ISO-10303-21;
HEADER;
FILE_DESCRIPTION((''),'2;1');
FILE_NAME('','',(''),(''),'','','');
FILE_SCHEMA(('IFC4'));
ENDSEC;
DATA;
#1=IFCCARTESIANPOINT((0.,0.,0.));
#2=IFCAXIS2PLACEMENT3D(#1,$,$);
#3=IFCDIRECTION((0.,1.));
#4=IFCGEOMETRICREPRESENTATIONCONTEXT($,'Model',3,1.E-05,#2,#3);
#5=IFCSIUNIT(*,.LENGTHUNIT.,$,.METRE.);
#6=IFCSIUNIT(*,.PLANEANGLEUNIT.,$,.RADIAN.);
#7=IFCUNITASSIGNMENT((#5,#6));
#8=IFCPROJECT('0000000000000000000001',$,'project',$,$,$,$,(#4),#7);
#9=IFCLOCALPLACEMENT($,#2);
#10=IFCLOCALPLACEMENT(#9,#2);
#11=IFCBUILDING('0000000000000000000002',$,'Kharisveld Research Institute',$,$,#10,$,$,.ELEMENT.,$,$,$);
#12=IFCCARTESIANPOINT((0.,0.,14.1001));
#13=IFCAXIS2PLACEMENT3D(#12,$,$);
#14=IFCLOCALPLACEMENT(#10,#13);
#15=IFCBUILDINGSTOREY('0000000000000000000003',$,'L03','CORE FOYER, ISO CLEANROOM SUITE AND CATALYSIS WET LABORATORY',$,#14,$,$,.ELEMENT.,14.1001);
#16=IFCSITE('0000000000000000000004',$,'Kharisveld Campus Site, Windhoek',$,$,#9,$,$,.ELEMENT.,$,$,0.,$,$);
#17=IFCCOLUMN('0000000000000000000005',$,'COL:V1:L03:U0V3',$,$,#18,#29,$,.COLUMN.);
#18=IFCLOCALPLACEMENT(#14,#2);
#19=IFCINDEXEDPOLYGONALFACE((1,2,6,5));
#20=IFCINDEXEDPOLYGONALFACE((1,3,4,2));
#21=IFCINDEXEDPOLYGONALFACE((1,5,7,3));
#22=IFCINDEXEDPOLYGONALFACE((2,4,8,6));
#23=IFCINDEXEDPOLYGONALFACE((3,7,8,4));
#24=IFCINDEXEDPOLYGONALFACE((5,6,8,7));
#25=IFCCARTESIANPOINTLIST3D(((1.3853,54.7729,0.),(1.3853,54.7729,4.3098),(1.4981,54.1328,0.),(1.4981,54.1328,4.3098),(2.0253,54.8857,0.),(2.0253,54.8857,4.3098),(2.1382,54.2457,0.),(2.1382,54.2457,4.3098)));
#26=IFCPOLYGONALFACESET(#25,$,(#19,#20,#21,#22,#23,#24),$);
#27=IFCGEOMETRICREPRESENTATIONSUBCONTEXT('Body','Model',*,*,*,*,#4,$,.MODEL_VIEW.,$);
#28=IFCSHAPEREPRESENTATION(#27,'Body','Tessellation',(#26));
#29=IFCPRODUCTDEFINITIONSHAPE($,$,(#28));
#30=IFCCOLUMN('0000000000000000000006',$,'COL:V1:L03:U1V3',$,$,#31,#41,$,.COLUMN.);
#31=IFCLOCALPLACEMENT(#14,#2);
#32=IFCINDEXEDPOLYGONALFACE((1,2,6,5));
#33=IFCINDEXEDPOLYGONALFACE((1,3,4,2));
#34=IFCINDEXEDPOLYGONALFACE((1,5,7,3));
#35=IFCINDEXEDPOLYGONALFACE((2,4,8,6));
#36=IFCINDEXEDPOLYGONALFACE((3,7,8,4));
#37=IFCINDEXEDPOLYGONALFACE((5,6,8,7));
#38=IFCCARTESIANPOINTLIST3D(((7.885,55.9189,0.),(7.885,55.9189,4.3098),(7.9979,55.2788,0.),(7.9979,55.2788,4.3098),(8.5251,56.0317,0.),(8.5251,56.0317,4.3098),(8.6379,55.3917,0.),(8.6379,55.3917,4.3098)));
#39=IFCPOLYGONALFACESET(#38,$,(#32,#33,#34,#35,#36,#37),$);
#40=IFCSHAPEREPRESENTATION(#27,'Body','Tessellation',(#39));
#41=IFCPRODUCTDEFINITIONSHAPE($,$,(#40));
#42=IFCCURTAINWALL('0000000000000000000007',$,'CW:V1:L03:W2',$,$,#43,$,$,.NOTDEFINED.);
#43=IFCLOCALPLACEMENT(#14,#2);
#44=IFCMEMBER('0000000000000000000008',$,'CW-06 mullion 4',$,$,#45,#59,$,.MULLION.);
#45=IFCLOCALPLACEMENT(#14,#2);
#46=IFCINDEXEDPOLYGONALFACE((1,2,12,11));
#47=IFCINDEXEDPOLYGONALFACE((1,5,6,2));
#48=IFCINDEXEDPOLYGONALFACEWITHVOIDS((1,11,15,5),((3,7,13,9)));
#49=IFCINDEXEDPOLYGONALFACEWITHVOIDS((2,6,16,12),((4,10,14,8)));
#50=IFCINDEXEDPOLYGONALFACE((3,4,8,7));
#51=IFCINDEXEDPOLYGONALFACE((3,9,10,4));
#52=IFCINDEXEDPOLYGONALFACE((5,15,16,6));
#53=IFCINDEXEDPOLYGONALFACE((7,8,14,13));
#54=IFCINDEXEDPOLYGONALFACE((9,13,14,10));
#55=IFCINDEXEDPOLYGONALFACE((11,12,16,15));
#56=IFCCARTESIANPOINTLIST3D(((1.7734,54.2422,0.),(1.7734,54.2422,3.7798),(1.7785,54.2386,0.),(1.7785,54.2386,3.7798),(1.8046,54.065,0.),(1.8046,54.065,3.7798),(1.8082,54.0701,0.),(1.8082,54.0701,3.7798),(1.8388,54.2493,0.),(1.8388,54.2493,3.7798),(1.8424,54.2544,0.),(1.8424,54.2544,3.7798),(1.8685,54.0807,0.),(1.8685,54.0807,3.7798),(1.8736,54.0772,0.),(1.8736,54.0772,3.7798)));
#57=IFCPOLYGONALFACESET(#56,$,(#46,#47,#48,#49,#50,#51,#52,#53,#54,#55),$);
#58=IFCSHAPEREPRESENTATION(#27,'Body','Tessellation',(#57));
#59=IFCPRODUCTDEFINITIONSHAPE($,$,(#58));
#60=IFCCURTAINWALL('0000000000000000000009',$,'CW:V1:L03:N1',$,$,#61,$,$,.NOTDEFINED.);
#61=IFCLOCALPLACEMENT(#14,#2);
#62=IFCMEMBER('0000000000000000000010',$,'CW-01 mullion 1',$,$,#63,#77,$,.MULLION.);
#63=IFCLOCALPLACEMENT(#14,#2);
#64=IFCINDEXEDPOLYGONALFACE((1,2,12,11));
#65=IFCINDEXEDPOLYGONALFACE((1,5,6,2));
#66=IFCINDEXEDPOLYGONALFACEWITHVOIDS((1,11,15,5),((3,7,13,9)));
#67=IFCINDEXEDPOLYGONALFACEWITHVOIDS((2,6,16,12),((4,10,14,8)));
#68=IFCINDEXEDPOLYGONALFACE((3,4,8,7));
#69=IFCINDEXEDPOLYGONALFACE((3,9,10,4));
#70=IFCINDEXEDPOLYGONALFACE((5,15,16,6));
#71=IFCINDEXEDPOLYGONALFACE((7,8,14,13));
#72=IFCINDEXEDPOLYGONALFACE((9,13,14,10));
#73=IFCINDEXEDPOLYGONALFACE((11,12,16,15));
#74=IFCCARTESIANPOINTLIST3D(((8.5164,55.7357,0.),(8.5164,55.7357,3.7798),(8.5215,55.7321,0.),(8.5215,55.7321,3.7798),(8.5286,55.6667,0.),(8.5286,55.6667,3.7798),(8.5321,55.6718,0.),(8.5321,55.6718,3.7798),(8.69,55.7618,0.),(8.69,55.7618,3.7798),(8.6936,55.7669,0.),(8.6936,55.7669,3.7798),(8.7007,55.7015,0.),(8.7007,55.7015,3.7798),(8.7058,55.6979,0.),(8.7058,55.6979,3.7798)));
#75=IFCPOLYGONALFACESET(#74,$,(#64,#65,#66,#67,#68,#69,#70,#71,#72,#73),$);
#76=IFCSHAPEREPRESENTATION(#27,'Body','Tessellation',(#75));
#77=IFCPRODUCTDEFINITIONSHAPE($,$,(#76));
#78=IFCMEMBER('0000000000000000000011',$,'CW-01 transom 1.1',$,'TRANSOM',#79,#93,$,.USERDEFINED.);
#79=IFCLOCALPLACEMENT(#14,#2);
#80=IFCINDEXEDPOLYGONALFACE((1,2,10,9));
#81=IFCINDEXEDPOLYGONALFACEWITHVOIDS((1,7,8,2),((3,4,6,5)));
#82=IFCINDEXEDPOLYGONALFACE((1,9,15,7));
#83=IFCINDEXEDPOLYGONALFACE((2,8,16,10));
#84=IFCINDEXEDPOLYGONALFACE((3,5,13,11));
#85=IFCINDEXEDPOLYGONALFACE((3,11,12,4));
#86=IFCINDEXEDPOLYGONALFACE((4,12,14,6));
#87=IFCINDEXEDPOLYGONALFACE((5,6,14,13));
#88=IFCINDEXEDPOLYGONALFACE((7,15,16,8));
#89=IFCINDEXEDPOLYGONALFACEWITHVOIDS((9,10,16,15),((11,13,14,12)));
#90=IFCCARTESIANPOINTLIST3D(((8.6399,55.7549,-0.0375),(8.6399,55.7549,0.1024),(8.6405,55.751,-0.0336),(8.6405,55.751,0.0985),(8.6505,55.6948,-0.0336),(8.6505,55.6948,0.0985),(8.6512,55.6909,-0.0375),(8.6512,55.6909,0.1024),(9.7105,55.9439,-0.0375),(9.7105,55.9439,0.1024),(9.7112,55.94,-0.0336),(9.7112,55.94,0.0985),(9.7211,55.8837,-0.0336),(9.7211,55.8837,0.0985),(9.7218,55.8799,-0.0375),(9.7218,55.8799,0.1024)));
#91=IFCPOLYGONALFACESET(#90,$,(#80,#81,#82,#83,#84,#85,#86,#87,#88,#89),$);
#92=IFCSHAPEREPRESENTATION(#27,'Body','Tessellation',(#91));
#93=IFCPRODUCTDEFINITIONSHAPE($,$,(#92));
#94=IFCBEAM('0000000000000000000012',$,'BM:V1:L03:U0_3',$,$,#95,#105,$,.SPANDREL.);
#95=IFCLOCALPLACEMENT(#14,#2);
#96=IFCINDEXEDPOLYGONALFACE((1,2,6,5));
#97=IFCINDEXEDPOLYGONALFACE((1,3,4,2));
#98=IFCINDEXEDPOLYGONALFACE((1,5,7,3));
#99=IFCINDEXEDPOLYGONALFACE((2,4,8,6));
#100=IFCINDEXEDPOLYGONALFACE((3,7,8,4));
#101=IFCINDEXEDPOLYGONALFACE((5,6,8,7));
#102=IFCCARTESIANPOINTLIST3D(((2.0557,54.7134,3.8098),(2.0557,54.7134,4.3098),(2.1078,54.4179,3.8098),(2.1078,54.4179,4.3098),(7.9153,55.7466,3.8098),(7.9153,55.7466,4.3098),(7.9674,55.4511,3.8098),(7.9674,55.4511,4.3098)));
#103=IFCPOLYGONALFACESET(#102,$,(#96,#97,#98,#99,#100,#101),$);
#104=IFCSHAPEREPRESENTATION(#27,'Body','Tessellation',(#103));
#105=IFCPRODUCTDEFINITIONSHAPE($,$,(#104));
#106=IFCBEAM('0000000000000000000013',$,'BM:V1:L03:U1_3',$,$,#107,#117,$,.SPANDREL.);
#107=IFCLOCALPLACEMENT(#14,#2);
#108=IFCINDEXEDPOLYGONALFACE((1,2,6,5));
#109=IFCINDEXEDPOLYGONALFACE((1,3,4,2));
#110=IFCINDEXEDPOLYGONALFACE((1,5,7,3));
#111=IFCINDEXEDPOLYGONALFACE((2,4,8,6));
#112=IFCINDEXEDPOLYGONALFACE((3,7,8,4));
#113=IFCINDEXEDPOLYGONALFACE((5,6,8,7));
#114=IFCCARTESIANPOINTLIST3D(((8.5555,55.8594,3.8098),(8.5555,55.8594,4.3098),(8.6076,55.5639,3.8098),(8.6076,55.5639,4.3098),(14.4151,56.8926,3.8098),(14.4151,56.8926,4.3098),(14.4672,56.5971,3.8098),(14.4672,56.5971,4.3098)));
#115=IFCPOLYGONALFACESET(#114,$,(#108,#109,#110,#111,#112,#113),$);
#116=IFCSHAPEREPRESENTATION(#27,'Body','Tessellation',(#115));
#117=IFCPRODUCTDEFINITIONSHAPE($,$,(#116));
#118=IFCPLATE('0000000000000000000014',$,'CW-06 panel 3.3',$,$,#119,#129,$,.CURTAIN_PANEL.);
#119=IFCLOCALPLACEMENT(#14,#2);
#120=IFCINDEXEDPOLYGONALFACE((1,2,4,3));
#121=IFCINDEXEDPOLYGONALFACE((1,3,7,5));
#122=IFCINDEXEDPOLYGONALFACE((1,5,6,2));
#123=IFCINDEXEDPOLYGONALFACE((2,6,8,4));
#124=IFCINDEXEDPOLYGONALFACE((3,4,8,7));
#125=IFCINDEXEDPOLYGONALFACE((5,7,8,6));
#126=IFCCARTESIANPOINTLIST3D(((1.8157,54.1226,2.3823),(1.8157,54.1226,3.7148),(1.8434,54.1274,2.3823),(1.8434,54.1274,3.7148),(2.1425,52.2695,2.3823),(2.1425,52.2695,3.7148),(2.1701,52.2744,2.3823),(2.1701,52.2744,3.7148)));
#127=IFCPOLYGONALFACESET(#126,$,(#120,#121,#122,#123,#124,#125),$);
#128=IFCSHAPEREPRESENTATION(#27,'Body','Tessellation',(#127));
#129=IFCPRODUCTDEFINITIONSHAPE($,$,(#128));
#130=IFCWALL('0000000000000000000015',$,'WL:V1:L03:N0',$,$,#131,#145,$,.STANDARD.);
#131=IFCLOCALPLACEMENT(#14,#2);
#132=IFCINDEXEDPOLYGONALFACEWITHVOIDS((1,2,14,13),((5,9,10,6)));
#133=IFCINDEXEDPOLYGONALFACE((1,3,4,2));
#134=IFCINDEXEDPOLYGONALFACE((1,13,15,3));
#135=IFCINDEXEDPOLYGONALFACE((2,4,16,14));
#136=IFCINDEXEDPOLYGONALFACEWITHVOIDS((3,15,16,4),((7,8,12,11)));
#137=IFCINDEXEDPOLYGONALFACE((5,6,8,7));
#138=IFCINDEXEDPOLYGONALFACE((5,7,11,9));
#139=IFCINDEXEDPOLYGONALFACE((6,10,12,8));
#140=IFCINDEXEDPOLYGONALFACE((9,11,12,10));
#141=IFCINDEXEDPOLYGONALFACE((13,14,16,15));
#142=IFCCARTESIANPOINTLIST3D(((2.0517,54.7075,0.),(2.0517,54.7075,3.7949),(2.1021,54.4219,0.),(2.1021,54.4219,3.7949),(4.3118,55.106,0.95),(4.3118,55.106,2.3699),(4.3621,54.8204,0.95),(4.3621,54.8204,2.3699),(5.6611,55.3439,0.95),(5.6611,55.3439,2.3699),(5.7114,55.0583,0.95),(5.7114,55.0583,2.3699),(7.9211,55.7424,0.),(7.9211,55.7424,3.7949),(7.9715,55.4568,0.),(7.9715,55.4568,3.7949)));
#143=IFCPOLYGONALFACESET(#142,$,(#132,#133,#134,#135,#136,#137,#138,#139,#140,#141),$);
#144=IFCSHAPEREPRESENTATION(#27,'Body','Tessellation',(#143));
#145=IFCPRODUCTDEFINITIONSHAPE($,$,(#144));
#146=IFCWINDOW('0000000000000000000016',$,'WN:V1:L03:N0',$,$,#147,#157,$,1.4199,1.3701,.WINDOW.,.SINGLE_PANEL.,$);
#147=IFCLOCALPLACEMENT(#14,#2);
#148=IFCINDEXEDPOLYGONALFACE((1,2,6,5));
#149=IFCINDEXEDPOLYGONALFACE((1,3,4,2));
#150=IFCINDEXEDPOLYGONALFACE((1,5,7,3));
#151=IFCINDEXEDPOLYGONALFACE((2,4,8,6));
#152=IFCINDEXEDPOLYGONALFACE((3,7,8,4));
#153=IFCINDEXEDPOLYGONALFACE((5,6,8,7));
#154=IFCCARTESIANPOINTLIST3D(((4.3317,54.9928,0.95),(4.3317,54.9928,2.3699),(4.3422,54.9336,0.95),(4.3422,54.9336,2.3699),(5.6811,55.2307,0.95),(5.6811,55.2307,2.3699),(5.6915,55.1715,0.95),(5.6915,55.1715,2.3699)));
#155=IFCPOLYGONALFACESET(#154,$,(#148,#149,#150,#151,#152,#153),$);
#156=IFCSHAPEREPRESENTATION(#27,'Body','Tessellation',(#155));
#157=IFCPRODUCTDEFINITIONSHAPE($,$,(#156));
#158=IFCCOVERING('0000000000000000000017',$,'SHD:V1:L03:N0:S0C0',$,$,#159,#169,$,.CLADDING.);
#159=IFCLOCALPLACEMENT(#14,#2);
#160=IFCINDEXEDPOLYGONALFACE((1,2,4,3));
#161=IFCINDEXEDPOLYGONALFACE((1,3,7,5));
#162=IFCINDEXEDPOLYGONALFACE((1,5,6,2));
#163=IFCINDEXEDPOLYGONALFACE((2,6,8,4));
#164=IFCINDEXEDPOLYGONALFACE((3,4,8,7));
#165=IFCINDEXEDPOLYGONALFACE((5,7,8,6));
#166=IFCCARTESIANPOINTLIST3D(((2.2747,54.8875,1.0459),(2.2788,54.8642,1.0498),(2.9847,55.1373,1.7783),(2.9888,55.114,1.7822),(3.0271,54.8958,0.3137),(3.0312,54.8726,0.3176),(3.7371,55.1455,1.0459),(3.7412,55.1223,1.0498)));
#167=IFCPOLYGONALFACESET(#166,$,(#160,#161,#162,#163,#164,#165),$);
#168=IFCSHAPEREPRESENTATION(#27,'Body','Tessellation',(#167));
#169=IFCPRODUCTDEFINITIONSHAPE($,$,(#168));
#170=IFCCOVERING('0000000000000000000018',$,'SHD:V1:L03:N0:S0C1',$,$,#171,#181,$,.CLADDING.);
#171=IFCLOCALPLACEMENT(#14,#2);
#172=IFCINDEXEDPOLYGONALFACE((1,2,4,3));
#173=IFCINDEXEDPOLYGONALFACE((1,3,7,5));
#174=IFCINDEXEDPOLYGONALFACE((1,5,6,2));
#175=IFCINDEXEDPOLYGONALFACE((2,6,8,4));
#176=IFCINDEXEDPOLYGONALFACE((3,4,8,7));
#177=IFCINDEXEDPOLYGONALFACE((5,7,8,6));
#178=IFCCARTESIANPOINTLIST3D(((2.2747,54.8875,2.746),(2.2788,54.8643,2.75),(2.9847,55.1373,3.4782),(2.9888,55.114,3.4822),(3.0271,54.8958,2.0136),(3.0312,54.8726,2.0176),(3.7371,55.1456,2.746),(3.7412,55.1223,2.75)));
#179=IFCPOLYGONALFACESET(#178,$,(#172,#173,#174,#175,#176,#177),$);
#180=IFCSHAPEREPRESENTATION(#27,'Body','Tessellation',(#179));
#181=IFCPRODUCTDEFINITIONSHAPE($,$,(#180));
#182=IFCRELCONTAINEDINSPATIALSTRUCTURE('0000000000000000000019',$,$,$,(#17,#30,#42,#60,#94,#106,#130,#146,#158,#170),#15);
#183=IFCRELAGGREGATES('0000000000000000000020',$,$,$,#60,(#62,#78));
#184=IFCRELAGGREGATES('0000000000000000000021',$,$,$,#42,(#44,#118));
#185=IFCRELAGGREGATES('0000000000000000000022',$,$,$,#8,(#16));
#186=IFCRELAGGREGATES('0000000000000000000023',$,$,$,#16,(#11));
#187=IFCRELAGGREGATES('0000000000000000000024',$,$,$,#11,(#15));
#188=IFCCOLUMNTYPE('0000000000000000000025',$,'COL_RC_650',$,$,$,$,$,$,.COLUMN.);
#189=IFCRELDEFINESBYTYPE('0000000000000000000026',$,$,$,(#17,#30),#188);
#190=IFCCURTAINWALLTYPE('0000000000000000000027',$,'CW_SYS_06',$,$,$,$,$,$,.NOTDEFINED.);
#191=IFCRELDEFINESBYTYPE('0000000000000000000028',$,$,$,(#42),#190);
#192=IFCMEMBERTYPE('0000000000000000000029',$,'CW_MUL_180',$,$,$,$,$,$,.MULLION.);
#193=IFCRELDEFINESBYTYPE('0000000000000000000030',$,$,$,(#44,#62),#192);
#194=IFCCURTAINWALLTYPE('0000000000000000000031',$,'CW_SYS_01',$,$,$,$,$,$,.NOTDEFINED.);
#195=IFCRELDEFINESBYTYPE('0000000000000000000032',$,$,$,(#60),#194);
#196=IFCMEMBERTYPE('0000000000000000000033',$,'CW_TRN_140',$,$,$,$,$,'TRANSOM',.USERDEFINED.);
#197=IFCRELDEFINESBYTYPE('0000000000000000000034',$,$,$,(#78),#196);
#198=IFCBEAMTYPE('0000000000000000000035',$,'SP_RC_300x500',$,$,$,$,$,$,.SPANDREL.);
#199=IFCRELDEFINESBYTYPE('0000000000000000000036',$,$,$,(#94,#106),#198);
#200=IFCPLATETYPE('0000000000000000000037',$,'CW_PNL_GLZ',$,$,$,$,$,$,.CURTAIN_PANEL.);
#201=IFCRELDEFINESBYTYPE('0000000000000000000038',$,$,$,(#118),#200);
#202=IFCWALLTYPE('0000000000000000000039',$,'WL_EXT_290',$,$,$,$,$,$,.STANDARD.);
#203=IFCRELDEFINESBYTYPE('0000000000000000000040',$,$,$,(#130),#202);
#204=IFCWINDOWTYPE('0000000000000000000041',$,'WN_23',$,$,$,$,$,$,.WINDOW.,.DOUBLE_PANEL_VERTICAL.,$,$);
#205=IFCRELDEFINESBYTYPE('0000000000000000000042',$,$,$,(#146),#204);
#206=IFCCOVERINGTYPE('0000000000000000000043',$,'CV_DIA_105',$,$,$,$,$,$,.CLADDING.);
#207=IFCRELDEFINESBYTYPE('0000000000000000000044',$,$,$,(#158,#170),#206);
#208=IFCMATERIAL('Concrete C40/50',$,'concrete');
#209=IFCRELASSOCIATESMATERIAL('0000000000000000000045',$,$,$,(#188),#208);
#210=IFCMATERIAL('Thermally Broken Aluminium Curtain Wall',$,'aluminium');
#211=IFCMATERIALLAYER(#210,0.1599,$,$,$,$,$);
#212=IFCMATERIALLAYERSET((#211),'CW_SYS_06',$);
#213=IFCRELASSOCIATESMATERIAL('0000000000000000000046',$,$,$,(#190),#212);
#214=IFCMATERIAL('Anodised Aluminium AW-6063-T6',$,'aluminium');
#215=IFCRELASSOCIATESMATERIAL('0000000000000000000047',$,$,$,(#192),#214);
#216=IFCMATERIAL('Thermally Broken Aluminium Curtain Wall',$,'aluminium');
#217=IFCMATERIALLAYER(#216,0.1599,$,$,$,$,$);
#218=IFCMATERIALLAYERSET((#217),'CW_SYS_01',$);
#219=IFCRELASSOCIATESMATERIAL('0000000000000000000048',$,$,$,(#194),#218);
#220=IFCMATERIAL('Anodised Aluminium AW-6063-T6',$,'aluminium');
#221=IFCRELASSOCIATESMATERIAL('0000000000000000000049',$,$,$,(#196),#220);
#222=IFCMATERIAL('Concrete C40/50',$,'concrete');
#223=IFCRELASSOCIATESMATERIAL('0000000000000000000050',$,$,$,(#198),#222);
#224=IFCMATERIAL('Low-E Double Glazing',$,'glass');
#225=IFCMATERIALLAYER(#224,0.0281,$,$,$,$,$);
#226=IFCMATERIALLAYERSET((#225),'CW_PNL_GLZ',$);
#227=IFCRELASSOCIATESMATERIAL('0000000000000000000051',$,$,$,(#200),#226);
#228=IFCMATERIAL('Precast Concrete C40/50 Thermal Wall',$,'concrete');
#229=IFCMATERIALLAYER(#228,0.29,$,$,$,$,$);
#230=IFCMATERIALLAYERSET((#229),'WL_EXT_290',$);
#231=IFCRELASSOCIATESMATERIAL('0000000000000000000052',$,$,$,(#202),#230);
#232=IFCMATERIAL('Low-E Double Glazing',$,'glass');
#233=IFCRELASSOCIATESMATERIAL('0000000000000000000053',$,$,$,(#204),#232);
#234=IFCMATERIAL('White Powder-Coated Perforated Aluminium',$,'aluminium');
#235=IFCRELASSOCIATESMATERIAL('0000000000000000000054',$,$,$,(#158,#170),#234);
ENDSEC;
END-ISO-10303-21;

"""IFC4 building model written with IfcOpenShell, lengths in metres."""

from ifc_helpers import new_model, si_unit, direction, frame, frame_2d, origin, origin_2d, place, context, subcontext, project, spatial, polyline, rectangle, hollow_rectangle, outline, extrude, material, layer, layer_set, material_profile, profile_set, type_object, element, fill, aggregate, save


model = new_model("IFC4")

# Units and contexts
model_context = context("Model", 3, precision=1e-05, world=origin(), true_north=direction((0.0, 1.0)))
body_context = subcontext(model_context, "Body", "Model", "MODEL_VIEW")
ifc_project = project(units=[si_unit("LENGTHUNIT", "METRE"), si_unit("PLANEANGLEUNIT", "RADIAN")], contexts=[model_context])

# Site, building, storey
site_placement = place(None, origin())
site = spatial("IfcSite", under=ifc_project, at=site_placement, Name="Kharisveld Campus Site, Windhoek", CompositionType="ELEMENT", RefElevation=0.0)
building_placement = place(site_placement, origin())
building = spatial("IfcBuilding", under=site, at=building_placement, Name="Kharisveld Research Institute", CompositionType="ELEMENT")
storey_placement = place(building_placement, frame((0.0, 0.0, 14.1001)))
storey = spatial("IfcBuildingStorey", under=building, at=storey_placement, Name="L03", Description="CORE FOYER, ISO CLEANROOM SUITE AND CATALYSIS WET LABORATORY", CompositionType="ELEMENT", Elevation=14.1001)

# Columns
ifc_material_1 = material(Name="Concrete C40/50", Category="concrete")
ifc_material_profile_1 = material_profile(ifc_material_1, rectangle(XDim=0.6499, YDim=0.6499, at=origin_2d()))
ifc_profile_set_1 = profile_set([ifc_material_profile_1], Name="Concrete C40/50")
column_type = type_object("IfcColumnType", Name="COL_RC_650", PredefinedType="COLUMN", material=ifc_profile_set_1)
for number, where, z_axis, x_axis, name in (
    (1, (1.7617, 54.5093, 0.0), (0.0, 0.0, 1.0), (0.984808, 0.173648, 0.0), "COL:V1:L03:U0V3"),
    (2, (8.2615, 55.6553, 0.0), (0.0, 0.0, 1.0), (0.984808, 0.173648, 0.0), "COL:V1:L03:U1V3"),
):
    element("IfcColumn", number, at=place(storey_placement, frame(where, z_axis=z_axis, x_axis=x_axis)), inside=storey, type_object=column_type, Name=name, PredefinedType="COLUMN", context=body_context, shape_type="SweptSolid", body=[
        extrude(rectangle(XDim=0.6499, YDim=0.6499, at=origin_2d()), origin(), (0.0, 0.0, 1.0), 4.3098),
    ])

# Curtain wall, member
ifc_material_2 = material(Name="Thermally Broken Aluminium Curtain Wall", Category="aluminium")
ifc_layer_1 = layer(ifc_material_2, 0.1599)
ifc_layer_set_1 = layer_set([ifc_layer_1], Name="CW_SYS_06")
curtain_wall_type_1 = type_object("IfcCurtainWallType", Name="CW_SYS_06", PredefinedType="NOTDEFINED", material=ifc_layer_set_1)
curtain_wall_1_placement = place(storey_placement, origin())
curtain_wall_1 = element("IfcCurtainWall", 3, at=curtain_wall_1_placement, inside=storey, type_object=curtain_wall_type_1, Name="CW:V1:L03:W2", PredefinedType="NOTDEFINED")
ifc_material_3 = material(Name="Anodised Aluminium AW-6063-T6", Category="aluminium")
ifc_material_profile_2 = material_profile(ifc_material_3, hollow_rectangle(XDim=0.0701, YDim=0.1799, WallThickness=0.0044, at=origin_2d()))
ifc_profile_set_2 = profile_set([ifc_material_profile_2], Name="Anodised Aluminium AW-6063-T6")
member_type_1 = type_object("IfcMemberType", Name="CW_MUL_180", PredefinedType="MULLION", material=ifc_profile_set_2)
member_1_placement = place(storey_placement, frame((1.8235, 54.1597, 0.0), z_axis=(0.0, 0.0, 1.0), x_axis=(-0.984808, -0.173648, 0.0)))
member_1 = element("IfcMember", 4, at=member_1_placement, type_object=member_type_1, Name="CW-06 mullion 4", PredefinedType="MULLION", context=body_context, shape_type="SweptSolid", body=[
    extrude(hollow_rectangle(XDim=0.0701, YDim=0.1799, WallThickness=0.0044, at=origin_2d()), origin(), (0.0, 0.0, 1.0), 3.7798),
])

# Curtain wall, members
ifc_material_4 = material(Name="Thermally Broken Aluminium Curtain Wall", Category="aluminium")
ifc_layer_2 = layer(ifc_material_4, 0.1599)
ifc_layer_set_2 = layer_set([ifc_layer_2], Name="CW_SYS_01")
curtain_wall_type_2 = type_object("IfcCurtainWallType", Name="CW_SYS_01", PredefinedType="NOTDEFINED", material=ifc_layer_set_2)
curtain_wall_2_placement = place(storey_placement, origin())
curtain_wall_2 = element("IfcCurtainWall", 5, at=curtain_wall_2_placement, inside=storey, type_object=curtain_wall_type_2, Name="CW:V1:L03:N1", PredefinedType="NOTDEFINED")
member_2_placement = place(storey_placement, frame((8.6111, 55.7168, 0.0), z_axis=(0.0, 0.0, 1.0), x_axis=(-0.173648, 0.984808, 0.0)))
member_2 = element("IfcMember", 6, at=member_2_placement, type_object=member_type_1, Name="CW-01 mullion 1", PredefinedType="MULLION", context=body_context, shape_type="SweptSolid", body=[
    extrude(hollow_rectangle(XDim=0.0701, YDim=0.1799, WallThickness=0.0044, at=origin_2d()), origin(), (0.0, 0.0, 1.0), 3.7798),
])
ifc_material_5 = material(Name="Anodised Aluminium AW-6063-T6", Category="aluminium")
ifc_material_profile_3 = material_profile(ifc_material_5, hollow_rectangle(XDim=0.0649, YDim=0.1399, WallThickness=0.0039, at=origin_2d()))
ifc_profile_set_3 = profile_set([ifc_material_profile_3], Name="Anodised Aluminium AW-6063-T6")
member_type_2 = type_object("IfcMemberType", Name="CW_TRN_140", ElementType="TRANSOM", PredefinedType="USERDEFINED", material=ifc_profile_set_3)
member_3_placement = place(storey_placement, frame((8.6455, 55.7229, 0.0325), z_axis=(0.984777, 0.173824, 0.0), x_axis=(-0.173824, 0.984777, 0.0)))
member_3 = element("IfcMember", 7, at=member_3_placement, type_object=member_type_2, Name="CW-01 transom 1.1", ObjectType="TRANSOM", PredefinedType="USERDEFINED", context=body_context, shape_type="SweptSolid", body=[
    extrude(hollow_rectangle(XDim=0.0649, YDim=0.1399, WallThickness=0.0039, at=origin_2d()), origin(), (0.0, 0.0, 1.0), 1.0872),
])
aggregate(curtain_wall_2, [member_2, member_3])

# Beams
ifc_material_6 = material(Name="Concrete C40/50", Category="concrete")
ifc_material_profile_4 = material_profile(ifc_material_6, rectangle(XDim=0.3, YDim=0.5, at=origin_2d()))
ifc_profile_set_4 = profile_set([ifc_material_profile_4], Name="Concrete C40/50")
beam_type = type_object("IfcBeamType", Name="SP_RC_300x500", PredefinedType="SPANDREL", material=ifc_profile_set_4)
for number, where, z_axis, x_axis, name in (
    (8, (2.0818, 54.5657, 4.0598), (0.984808, 0.173647, 0.0), (-0.173647, 0.984808, 0.0), "BM:V1:L03:U0_3"),
    (9, (8.5815, 55.7117, 4.0598), (0.984808, 0.173647, 0.0), (-0.173647, 0.984808, 0.0), "BM:V1:L03:U1_3"),
):
    element("IfcBeam", number, at=place(storey_placement, frame(where, z_axis=z_axis, x_axis=x_axis)), inside=storey, type_object=beam_type, Name=name, PredefinedType="SPANDREL", context=body_context, shape_type="SweptSolid", body=[
        extrude(rectangle(XDim=0.3, YDim=0.5, at=origin_2d()), origin(), (0.0, 0.0, 1.0), 5.95),
    ])

# Plate
ifc_material_7 = material(Name="Low-E Double Glazing", Category="glass")
ifc_layer_3 = layer(ifc_material_7, 0.0281)
ifc_layer_set_3 = layer_set([ifc_layer_3], Name="CW_PNL_GLZ")
plate_type = type_object("IfcPlateType", Name="CW_PNL_GLZ", PredefinedType="CURTAIN_PANEL", material=ifc_layer_set_3)
plate_placement = place(storey_placement, frame((1.9929, 53.1985, 2.3823), z_axis=(0.0, 0.0, 1.0), x_axis=(-0.173648, 0.984808, 0.0)))
plate = element("IfcPlate", 10, at=plate_placement, type_object=plate_type, Name="CW-06 panel 3.3", PredefinedType="CURTAIN_PANEL", context=body_context, shape_type="SweptSolid", body=[
    extrude(rectangle(XDim=1.8816, YDim=0.0281, at=origin_2d()), origin(), (0.0, 0.0, 1.0), 1.3325),
])
aggregate(curtain_wall_1, [member_1, plate])

# Wall, opening, window
ifc_material_8 = material(Name="Precast Concrete C40/50 Thermal Wall", Category="concrete")
ifc_layer_4 = layer(ifc_material_8, 0.29)
ifc_layer_set_4 = layer_set([ifc_layer_4], Name="WL_EXT_290")
wall_type = type_object("IfcWallType", Name="WL_EXT_290", PredefinedType="STANDARD", material=ifc_layer_set_4)
wall_placement = place(storey_placement, frame((2.0769, 54.5647, 0.0), z_axis=(0.0, 0.0, 1.0), x_axis=(0.984808, 0.173645, 0.0)))
wall = element("IfcWall", 11, at=wall_placement, inside=storey, type_object=wall_type, Name="WL:V1:L03:N0", PredefinedType="STANDARD", context=body_context, shape_type="SweptSolid", body=[
    extrude(rectangle(XDim=5.96, YDim=0.29, at=frame_2d((2.98, 0.0))), origin(), (0.0, 0.0, 1.0), 3.7949),
])
opening_placement = place(wall_placement, frame((2.2949, 0.0, 0.95)))
opening = element("IfcOpeningElement", 12, at=opening_placement, cuts=wall, PredefinedType="OPENING", context=body_context, shape_type="SweptSolid", body=[
    extrude(rectangle(XDim=1.3701, YDim=1.4199, at=frame_2d((0.6851, 0.71))), frame((0.0, 0.145, 0.0), z_axis=(0.0, -1.0, 0.0), x_axis=(1.0, 0.0, 0.0)), (0.0, 0.0, 1.0), 0.29),
])
ifc_material_9 = material(Name="Low-E Double Glazing", Category="glass")
window_type = type_object("IfcWindowType", Name="WN_23", PartitioningType="DOUBLE_PANEL_VERTICAL", PredefinedType="WINDOW", material=ifc_material_9)
window_placement = place(opening_placement, origin())
window = element("IfcWindow", 13, at=window_placement, inside=storey, type_object=window_type, Name="WN:V1:L03:N0", OverallHeight=1.4199, OverallWidth=1.3701, PartitioningType="SINGLE_PANEL", PredefinedType="WINDOW", context=body_context, shape_type="SweptSolid", body=[
    extrude(rectangle(XDim=1.3701, YDim=1.4199, at=frame_2d((0.6851, 0.71))), frame((0.0, 0.03, 0.0), z_axis=(0.0, -1.0, 0.0), x_axis=(1.0, 0.0, 0.0)), (0.0, 0.0, 1.0), 0.0601),
])
fill(opening, window)

# Coverings
ifc_material_10 = material(Name="White Powder-Coated Perforated Aluminium", Category="aluminium")
covering_type = type_object("IfcCoveringType", Name="CV_DIA_105", PredefinedType="CLADDING")
covering_1_placement = place(storey_placement, frame((3.0312, 54.8726, 0.3176), z_axis=(0.171391, -0.971272, 0.165096), x_axis=(0.676154, 0.237843, 0.697313)))
element("IfcCovering", 14, at=covering_1_placement, inside=storey, type_object=covering_type, material=ifc_material_10, Name="SHD:V1:L03:N0:S0C0", PredefinedType="CLADDING", context=body_context, shape_type="SweptSolid", body=[
    extrude(outline(polyline([(0.0, 0.0), (1.05, 0.0), (1.05, 1.0501), (-0.0002, 1.0499), (0.0, 0.0)])), origin(), (0.0, 0.0, -1.0), 0.0239),
])
covering_2_placement = place(storey_placement, frame((3.0312, 54.8726, 2.0176), z_axis=(0.171391, -0.971272, 0.165096), x_axis=(0.676038, 0.237842, 0.697426)))
element("IfcCovering", 15, at=covering_2_placement, inside=storey, type_object=covering_type, material=ifc_material_10, Name="SHD:V1:L03:N0:S0C1", PredefinedType="CLADDING", context=body_context, shape_type="SweptSolid", body=[
    extrude(outline(polyline([(0.0, 0.0), (1.0502, 0.0), (1.0502, 1.0499), (0.0002, 1.0501), (0.0, 0.0)])), origin(), (0.0, 0.0, -1.0), 0.0239),
])

save(model, "model.ifc")
